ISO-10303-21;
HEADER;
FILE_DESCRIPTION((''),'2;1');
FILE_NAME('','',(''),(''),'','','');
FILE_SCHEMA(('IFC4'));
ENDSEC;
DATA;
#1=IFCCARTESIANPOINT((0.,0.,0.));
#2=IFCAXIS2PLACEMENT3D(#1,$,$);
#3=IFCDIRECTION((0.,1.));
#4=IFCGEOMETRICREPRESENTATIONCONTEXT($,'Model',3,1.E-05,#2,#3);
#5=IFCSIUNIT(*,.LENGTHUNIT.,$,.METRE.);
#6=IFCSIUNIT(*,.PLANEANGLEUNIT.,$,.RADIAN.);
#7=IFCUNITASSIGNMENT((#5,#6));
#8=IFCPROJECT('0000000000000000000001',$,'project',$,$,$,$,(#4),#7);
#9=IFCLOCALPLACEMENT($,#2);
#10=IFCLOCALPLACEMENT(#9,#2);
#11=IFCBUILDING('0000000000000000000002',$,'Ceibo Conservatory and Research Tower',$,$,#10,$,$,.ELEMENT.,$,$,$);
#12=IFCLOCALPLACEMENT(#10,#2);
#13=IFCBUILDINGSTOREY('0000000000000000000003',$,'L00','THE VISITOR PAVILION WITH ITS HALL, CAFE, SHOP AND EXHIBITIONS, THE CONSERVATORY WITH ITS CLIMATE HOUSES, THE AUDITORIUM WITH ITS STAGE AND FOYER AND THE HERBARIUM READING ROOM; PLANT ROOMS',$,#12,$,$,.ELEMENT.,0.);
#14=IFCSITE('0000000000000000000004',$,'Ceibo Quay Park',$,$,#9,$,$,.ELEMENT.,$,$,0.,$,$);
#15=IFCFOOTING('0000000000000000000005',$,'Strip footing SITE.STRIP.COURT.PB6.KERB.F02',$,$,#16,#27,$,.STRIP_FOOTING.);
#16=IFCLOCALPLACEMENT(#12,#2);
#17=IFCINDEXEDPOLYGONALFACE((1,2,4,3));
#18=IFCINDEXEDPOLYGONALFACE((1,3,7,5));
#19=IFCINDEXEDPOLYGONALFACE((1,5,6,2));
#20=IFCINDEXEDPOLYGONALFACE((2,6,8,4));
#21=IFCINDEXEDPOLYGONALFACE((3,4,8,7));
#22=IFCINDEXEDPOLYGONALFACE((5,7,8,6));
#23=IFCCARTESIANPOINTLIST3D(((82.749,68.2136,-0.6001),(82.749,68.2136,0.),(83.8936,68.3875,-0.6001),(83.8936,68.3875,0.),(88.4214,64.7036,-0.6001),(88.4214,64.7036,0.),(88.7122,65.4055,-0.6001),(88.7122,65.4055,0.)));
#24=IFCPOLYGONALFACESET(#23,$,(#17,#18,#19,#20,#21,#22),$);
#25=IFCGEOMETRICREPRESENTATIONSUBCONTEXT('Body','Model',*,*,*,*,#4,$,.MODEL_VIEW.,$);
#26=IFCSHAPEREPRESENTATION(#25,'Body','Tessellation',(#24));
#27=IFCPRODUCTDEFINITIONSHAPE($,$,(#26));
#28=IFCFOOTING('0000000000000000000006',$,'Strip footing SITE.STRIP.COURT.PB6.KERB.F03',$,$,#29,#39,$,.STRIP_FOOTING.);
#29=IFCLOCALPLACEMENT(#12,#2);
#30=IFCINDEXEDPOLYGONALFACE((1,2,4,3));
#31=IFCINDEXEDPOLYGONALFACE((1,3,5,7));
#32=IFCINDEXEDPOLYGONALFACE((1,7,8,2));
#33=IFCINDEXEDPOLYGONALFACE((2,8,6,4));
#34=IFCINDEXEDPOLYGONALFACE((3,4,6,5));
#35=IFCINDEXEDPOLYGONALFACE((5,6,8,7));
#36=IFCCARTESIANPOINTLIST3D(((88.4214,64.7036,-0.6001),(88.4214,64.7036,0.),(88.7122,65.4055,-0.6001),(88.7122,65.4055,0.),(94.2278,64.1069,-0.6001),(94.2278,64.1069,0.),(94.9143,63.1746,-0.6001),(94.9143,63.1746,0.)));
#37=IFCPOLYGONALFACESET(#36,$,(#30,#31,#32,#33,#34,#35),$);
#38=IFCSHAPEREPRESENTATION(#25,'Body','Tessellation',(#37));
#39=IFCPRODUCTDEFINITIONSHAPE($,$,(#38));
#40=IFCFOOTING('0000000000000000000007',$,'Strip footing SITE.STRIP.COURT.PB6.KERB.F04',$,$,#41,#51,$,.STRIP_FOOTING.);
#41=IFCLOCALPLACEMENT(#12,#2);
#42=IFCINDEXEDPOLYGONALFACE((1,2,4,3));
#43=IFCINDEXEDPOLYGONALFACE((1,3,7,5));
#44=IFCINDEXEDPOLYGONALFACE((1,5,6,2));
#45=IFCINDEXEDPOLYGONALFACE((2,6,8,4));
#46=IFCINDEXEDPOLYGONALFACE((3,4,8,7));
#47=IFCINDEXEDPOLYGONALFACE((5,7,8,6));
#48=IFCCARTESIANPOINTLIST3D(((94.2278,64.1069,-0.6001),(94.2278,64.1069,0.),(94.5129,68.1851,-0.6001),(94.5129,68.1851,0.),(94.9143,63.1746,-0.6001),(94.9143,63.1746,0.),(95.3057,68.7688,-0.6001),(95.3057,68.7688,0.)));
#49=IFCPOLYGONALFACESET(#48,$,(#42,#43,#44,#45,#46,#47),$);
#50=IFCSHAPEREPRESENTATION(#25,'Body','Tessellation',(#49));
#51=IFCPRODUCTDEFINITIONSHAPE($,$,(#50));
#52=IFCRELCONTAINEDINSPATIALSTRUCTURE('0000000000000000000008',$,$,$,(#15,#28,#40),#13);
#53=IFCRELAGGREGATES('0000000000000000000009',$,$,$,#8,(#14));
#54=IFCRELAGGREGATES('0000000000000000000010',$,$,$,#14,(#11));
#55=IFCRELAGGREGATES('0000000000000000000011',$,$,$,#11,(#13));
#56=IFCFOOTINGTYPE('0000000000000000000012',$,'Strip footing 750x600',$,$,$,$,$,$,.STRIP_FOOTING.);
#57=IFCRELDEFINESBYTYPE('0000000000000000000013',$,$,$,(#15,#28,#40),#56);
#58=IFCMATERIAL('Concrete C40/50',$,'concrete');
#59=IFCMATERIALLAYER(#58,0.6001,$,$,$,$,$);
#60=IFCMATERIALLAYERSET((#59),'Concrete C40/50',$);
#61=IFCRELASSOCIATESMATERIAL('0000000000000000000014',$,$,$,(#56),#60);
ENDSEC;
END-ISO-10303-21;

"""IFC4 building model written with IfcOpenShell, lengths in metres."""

from ifc_helpers import new_model, si_unit, direction, frame, origin, place, context, subcontext, project, spatial, polyline, outline, extrude, material, layer, layer_set, type_object, element, save


model = new_model("IFC4")

# Units and contexts
model_context = context("Model", 3, precision=1e-05, world=origin(), true_north=direction((0.0, 1.0)))
body_context = subcontext(model_context, "Body", "Model", "MODEL_VIEW")
ifc_project = project(units=[si_unit("LENGTHUNIT", "METRE"), si_unit("PLANEANGLEUNIT", "RADIAN")], contexts=[model_context])

# Site, building, storey
site_placement = place(None, origin())
site = spatial("IfcSite", under=ifc_project, at=site_placement, Name="Ceibo Quay Park", CompositionType="ELEMENT", RefElevation=0.0)
building_placement = place(site_placement, origin())
building = spatial("IfcBuilding", under=site, at=building_placement, Name="Ceibo Conservatory and Research Tower", CompositionType="ELEMENT")
storey_placement = place(building_placement, origin())
storey = spatial("IfcBuildingStorey", under=building, at=storey_placement, Name="L00", Description="THE VISITOR PAVILION WITH ITS HALL, CAFE, SHOP AND EXHIBITIONS, THE CONSERVATORY WITH ITS CLIMATE HOUSES, THE AUDITORIUM WITH ITS STAGE AND FOYER AND THE HERBARIUM READING ROOM; PLANT ROOMS", CompositionType="ELEMENT", Elevation=0.0)

# Footings
ifc_material = material(Name="Concrete C40/50", Category="concrete")
ifc_layer = layer(ifc_material, 0.6001)
ifc_layer_set = layer_set([ifc_layer], Name="Concrete C40/50")
footing_type = type_object("IfcFootingType", Name="Strip footing 750x600", PredefinedType="STRIP_FOOTING", material=ifc_layer_set)
footing_1_placement = place(storey_placement, frame((0.0, 0.0, -0.6001)))
element("IfcFooting", 1, at=footing_1_placement, inside=storey, type_object=footing_type, Name="Strip footing SITE.STRIP.COURT.PB6.KERB.F02", PredefinedType="STRIP_FOOTING", context=body_context, shape_type="SweptSolid", body=[
    extrude(outline(polyline([(82.749, 68.2136), (88.4214, 64.7036), (88.7122, 65.4055), (83.8936, 68.3875), (82.749, 68.2136)])), origin(), (0.0, 0.0, 1.0), 0.6001),
])
footing_2_placement = place(storey_placement, frame((0.0, 0.0, -0.6001)))
element("IfcFooting", 2, at=footing_2_placement, inside=storey, type_object=footing_type, Name="Strip footing SITE.STRIP.COURT.PB6.KERB.F03", PredefinedType="STRIP_FOOTING", context=body_context, shape_type="SweptSolid", body=[
    extrude(outline(polyline([(88.4214, 64.7036), (94.9143, 63.1746), (94.2278, 64.1069), (88.7122, 65.4055), (88.4214, 64.7036)])), origin(), (0.0, 0.0, 1.0), 0.6001),
])
footing_3_placement = place(storey_placement, frame((0.0, 0.0, -0.6001)))
element("IfcFooting", 3, at=footing_3_placement, inside=storey, type_object=footing_type, Name="Strip footing SITE.STRIP.COURT.PB6.KERB.F04", PredefinedType="STRIP_FOOTING", context=body_context, shape_type="SweptSolid", body=[
    extrude(outline(polyline([(94.9143, 63.1746), (95.3057, 68.7688), (94.5129, 68.1851), (94.2278, 64.1069), (94.9143, 63.1746)])), origin(), (0.0, 0.0, 1.0), 0.6001),
])

save(model, "model.ifc")
